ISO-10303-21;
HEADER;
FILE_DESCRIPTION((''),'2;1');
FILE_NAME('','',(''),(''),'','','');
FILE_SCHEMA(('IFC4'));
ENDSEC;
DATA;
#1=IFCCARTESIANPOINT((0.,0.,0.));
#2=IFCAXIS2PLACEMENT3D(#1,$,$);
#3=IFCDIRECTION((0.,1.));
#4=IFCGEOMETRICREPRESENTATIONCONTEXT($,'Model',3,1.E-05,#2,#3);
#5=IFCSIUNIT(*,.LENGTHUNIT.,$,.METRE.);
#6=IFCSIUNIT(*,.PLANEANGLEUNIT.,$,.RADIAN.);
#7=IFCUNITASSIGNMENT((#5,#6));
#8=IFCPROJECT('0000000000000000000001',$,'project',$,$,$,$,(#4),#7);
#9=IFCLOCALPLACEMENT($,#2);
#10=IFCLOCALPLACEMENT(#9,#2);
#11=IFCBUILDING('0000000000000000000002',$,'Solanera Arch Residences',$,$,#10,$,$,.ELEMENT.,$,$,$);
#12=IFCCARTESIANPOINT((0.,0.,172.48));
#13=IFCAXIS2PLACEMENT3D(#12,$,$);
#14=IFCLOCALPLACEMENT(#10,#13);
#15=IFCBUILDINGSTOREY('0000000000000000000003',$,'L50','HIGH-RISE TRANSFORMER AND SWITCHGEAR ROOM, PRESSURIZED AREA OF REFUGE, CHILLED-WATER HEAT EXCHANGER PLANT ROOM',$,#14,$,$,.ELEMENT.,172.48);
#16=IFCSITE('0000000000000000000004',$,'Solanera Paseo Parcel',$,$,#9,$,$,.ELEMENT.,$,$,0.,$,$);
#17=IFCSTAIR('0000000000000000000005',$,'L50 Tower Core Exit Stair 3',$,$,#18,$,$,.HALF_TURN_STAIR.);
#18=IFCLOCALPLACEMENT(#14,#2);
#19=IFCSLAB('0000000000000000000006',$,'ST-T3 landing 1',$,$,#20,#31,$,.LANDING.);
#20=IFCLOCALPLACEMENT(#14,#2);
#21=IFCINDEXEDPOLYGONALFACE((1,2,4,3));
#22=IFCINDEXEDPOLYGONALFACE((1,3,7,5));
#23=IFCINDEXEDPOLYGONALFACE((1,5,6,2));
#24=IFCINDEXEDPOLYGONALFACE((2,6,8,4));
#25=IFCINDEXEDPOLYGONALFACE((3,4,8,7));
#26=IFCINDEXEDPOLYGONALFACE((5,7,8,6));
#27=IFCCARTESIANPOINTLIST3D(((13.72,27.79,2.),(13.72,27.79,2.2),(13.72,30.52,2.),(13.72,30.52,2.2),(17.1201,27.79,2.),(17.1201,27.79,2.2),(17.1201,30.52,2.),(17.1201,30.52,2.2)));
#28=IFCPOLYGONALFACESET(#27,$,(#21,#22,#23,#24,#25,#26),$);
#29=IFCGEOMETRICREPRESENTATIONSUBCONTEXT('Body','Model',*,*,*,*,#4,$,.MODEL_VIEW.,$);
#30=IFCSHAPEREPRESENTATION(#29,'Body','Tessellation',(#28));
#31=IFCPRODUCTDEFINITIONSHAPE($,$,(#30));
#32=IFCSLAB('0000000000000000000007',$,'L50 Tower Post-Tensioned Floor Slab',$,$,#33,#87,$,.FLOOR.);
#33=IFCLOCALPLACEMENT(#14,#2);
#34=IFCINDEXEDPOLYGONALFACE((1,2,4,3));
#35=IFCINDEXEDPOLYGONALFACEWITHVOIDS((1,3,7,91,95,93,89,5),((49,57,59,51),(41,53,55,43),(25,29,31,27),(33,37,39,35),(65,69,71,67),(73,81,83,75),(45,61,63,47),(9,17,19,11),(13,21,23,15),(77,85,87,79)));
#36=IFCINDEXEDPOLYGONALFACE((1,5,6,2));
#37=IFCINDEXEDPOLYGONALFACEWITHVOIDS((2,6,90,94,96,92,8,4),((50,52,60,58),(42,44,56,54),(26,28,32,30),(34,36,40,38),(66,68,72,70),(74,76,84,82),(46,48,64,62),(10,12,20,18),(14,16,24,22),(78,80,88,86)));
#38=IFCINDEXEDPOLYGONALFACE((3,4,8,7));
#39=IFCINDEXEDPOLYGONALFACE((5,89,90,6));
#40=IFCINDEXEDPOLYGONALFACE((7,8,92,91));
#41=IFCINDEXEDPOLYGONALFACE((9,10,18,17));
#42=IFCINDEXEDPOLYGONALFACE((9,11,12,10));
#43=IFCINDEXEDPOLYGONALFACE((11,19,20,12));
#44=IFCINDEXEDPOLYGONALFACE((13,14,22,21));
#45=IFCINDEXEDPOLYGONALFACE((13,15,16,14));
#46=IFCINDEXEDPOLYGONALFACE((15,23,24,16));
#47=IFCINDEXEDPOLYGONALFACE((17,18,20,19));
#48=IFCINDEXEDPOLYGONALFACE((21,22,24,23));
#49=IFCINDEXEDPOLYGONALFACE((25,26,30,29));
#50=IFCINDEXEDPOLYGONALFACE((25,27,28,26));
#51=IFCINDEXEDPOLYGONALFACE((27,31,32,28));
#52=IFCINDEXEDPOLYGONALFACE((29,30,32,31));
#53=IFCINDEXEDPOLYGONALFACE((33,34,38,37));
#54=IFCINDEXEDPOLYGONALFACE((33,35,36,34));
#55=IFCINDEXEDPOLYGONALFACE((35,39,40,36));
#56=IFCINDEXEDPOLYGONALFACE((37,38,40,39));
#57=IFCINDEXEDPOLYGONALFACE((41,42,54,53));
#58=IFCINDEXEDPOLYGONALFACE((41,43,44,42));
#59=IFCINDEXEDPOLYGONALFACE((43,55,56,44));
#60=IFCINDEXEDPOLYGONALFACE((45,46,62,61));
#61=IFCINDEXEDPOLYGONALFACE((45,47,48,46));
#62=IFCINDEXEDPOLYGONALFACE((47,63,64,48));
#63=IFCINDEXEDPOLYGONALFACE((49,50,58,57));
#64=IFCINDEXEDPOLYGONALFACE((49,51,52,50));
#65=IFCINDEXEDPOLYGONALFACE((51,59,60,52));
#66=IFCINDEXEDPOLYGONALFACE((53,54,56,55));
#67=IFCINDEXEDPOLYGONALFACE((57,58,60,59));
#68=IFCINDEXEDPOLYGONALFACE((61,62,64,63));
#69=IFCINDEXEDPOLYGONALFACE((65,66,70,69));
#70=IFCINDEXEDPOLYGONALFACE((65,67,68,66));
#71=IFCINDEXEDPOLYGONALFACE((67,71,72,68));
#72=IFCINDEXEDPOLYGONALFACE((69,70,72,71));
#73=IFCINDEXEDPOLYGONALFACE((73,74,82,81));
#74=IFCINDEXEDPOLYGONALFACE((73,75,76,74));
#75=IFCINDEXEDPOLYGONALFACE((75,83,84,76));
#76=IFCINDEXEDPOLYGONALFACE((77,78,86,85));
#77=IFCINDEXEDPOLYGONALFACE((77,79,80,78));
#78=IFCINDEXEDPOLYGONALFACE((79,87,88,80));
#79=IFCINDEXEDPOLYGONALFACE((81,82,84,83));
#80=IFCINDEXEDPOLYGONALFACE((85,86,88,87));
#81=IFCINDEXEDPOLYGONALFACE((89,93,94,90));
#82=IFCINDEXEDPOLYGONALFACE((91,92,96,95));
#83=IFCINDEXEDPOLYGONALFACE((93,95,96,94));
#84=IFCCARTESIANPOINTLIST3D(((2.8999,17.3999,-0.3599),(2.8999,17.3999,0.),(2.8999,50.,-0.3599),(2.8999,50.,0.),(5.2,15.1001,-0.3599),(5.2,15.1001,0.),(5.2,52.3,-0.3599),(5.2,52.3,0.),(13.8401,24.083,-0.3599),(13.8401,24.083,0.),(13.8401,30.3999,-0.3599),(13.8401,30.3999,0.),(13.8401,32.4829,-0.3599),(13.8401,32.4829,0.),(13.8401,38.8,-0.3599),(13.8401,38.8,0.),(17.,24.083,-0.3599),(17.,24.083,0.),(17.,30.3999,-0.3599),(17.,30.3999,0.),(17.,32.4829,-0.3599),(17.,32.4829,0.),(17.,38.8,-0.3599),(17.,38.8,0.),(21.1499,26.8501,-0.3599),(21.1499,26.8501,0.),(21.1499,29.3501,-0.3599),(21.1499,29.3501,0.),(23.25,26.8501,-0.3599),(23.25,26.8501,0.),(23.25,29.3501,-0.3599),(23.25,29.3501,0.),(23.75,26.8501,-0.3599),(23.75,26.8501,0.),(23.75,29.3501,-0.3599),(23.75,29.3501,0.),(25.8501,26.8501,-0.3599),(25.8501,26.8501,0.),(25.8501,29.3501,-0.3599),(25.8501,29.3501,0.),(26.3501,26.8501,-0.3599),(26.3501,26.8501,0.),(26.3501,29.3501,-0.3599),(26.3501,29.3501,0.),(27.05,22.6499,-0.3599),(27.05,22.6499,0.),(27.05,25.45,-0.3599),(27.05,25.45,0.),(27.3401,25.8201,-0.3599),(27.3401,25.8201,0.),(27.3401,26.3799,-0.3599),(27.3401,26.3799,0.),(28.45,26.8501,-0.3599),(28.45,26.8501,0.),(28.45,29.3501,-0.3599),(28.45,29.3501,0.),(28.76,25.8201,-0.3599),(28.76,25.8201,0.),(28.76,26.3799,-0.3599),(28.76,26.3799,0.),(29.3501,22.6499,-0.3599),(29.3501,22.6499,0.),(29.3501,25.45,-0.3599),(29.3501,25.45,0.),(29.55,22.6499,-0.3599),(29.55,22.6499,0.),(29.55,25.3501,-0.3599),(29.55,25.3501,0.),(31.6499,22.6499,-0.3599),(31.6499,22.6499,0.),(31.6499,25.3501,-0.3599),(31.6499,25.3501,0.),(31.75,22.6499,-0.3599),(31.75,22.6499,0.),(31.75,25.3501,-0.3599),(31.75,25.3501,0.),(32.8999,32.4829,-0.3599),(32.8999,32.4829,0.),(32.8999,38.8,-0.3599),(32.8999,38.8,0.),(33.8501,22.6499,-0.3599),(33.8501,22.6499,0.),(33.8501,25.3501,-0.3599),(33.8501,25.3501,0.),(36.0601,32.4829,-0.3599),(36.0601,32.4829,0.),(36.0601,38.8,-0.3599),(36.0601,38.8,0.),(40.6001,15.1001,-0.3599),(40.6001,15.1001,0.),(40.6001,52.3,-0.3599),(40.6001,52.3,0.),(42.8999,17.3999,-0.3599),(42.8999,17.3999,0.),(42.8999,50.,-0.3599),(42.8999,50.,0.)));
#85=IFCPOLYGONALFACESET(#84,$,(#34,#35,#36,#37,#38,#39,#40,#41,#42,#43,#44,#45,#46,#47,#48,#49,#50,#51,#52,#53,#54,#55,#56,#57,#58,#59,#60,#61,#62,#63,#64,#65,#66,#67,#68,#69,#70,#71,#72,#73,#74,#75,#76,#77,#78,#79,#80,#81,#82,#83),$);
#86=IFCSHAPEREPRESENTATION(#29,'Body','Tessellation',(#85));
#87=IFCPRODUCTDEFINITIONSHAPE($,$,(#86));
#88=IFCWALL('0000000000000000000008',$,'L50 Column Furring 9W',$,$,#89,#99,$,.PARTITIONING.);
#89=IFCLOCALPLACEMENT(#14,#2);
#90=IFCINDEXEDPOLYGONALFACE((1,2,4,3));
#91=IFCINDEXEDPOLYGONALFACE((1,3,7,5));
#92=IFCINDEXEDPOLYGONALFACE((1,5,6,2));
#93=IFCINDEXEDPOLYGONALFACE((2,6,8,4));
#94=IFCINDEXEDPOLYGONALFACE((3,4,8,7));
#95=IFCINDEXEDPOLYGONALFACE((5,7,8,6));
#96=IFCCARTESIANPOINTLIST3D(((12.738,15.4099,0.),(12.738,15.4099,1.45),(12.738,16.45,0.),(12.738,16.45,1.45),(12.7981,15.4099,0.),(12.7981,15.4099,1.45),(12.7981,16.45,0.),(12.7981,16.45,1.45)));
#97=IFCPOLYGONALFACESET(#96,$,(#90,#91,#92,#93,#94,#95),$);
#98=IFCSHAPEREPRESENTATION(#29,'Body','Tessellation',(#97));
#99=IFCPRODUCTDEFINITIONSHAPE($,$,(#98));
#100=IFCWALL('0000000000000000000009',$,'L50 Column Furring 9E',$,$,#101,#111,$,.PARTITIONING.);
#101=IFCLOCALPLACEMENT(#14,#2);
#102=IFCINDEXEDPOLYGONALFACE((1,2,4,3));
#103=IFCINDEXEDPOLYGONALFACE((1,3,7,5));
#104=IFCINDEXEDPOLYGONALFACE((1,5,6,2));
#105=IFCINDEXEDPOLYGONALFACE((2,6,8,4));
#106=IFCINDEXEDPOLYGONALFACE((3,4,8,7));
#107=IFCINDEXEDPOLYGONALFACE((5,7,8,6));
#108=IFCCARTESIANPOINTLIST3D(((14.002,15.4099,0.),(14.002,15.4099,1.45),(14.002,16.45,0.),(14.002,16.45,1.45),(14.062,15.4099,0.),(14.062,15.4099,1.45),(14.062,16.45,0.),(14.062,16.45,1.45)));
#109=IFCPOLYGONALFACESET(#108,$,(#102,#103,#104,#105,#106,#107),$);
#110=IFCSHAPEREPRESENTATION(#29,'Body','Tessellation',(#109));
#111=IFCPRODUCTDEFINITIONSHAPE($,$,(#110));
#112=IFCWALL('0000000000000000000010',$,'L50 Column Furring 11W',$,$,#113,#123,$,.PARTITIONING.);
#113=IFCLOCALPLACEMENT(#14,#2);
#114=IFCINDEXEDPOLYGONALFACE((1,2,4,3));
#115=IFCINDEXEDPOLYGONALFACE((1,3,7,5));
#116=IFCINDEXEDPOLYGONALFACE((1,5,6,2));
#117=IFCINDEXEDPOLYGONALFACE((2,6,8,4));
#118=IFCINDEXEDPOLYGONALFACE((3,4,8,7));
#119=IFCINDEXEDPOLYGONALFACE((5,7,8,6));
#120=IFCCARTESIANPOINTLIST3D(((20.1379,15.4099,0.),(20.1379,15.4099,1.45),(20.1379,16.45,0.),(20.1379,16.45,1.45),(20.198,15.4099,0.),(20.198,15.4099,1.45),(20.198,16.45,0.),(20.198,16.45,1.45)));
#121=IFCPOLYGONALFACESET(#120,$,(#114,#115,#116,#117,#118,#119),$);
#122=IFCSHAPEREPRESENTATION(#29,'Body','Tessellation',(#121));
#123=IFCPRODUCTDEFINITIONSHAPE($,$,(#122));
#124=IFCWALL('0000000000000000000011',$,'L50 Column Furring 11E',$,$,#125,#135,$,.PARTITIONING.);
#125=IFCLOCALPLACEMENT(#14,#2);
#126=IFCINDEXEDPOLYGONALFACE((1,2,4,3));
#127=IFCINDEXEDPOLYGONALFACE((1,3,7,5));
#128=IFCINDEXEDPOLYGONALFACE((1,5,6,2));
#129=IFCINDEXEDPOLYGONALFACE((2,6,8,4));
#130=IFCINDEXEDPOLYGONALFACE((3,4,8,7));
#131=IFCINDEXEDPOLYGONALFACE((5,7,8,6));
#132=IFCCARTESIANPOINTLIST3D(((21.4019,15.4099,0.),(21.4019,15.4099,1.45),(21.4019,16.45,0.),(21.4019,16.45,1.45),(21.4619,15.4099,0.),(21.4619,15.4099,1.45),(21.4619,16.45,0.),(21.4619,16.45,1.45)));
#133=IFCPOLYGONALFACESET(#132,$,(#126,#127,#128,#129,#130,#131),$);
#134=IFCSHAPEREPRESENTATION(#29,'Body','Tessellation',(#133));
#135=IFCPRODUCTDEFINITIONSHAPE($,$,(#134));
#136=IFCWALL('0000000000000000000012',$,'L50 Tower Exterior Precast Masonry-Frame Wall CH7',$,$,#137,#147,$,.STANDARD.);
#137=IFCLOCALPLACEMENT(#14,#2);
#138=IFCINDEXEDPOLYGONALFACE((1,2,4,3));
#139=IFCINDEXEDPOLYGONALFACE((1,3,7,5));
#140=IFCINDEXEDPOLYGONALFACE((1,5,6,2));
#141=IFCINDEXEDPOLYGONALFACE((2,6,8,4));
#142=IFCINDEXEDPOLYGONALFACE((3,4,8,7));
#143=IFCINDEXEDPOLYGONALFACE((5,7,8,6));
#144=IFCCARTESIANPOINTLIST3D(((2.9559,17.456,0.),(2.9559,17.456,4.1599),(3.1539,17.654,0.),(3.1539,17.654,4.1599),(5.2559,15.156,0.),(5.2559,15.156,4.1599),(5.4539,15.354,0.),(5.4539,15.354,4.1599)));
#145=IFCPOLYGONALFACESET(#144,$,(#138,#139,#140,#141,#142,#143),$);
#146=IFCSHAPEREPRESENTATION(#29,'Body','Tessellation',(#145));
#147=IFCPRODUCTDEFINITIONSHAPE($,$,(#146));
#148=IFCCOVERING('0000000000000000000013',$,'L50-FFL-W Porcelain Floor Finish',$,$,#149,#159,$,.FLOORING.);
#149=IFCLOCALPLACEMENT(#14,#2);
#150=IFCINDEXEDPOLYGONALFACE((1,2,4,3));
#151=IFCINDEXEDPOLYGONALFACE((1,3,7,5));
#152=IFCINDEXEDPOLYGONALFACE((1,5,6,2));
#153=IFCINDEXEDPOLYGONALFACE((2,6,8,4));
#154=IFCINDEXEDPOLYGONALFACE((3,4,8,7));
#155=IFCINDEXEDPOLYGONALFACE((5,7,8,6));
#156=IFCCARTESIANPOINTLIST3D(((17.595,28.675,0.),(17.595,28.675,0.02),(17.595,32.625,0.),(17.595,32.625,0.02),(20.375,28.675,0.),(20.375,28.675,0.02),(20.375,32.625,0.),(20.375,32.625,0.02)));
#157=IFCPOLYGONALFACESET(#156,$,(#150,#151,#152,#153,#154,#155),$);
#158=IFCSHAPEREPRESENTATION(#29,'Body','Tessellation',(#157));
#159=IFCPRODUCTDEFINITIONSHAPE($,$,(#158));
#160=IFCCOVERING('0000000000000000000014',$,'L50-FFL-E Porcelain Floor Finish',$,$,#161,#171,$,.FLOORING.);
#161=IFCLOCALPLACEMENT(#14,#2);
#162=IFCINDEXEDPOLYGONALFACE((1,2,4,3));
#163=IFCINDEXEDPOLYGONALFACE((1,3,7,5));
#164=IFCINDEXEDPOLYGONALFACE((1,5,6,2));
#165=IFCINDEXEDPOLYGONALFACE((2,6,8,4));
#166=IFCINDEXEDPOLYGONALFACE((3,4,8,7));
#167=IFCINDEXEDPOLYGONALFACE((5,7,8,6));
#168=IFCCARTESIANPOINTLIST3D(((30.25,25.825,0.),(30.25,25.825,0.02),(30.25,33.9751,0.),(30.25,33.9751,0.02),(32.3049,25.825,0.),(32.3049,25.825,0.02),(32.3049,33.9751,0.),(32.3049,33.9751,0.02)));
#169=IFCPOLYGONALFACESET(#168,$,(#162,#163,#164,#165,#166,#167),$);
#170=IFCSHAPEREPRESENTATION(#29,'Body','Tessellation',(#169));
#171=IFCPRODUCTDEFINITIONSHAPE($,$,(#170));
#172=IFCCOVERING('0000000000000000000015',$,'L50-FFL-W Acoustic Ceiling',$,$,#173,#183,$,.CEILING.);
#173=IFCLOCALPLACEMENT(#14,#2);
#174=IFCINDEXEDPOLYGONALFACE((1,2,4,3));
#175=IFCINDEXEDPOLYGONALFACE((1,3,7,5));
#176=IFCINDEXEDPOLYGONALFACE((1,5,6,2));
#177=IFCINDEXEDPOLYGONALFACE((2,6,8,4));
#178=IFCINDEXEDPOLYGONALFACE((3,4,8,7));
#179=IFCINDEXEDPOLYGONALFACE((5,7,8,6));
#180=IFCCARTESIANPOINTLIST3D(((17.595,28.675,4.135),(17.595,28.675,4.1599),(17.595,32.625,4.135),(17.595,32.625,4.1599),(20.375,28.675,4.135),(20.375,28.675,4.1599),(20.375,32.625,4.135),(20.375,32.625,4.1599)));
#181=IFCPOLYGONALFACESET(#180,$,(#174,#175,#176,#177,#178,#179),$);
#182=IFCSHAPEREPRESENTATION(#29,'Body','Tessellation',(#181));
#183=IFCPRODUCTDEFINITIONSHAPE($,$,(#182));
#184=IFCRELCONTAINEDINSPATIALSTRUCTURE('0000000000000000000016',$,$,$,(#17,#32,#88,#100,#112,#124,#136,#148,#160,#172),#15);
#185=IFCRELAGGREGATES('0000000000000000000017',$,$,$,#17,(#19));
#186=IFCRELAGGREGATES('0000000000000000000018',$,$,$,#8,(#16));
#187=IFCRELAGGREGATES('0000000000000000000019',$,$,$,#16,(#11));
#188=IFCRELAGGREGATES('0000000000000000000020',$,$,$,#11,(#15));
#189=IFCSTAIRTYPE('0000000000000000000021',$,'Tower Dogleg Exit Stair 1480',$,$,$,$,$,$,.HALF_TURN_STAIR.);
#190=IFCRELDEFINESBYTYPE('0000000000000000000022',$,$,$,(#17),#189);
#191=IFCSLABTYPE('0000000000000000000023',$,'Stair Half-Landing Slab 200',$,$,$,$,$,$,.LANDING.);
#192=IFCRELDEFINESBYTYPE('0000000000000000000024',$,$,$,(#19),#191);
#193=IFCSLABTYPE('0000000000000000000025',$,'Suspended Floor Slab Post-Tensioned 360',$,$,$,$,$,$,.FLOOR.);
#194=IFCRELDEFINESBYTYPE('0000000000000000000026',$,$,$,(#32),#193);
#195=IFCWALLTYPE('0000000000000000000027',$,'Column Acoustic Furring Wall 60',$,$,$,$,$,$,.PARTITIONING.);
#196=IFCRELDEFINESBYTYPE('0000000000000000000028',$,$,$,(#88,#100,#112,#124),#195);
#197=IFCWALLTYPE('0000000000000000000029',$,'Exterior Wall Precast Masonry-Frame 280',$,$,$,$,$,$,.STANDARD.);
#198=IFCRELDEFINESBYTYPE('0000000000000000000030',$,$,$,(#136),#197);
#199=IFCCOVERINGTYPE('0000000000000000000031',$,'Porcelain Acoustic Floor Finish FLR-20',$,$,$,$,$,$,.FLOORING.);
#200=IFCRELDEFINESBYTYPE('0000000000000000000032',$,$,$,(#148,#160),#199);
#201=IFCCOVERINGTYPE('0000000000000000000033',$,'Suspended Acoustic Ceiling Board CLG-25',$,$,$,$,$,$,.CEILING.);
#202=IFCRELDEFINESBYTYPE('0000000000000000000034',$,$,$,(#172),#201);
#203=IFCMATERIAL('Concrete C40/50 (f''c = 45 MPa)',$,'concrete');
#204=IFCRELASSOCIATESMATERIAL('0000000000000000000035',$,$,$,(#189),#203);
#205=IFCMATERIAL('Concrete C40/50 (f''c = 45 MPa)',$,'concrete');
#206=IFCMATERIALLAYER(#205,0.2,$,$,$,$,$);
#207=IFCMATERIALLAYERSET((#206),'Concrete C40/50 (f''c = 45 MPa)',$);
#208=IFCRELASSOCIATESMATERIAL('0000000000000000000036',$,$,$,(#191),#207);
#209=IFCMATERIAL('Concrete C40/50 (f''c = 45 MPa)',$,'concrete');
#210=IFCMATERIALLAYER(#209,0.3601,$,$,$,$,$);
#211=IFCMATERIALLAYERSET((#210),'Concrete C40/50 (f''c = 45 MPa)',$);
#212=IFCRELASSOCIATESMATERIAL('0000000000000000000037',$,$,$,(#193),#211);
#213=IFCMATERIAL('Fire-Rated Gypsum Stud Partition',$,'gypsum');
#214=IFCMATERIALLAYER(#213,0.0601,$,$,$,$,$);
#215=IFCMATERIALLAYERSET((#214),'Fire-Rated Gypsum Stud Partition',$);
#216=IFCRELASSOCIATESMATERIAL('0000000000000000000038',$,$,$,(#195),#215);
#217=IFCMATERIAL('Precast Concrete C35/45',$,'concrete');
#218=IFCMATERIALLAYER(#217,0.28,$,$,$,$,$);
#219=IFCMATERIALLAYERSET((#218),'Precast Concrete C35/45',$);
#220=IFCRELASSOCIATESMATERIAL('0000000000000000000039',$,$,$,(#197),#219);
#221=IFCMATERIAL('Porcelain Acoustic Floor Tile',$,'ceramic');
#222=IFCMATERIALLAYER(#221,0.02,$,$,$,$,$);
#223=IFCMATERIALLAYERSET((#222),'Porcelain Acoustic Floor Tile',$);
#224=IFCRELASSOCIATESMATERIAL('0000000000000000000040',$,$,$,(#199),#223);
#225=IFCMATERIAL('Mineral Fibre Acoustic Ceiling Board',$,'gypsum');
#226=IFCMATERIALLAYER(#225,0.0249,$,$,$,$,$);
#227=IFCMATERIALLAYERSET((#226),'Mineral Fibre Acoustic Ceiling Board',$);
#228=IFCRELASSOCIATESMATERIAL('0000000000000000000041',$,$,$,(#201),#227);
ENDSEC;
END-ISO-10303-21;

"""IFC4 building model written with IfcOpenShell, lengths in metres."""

from ifc_helpers import new_model, si_unit, direction, frame, frame_2d, origin, place, context, subcontext, project, spatial, polyline, rectangle, outline, extrude, material, layer, layer_set, type_object, element, aggregate, save


model = new_model("IFC4")

# Units and contexts
model_context = context("Model", 3, precision=1e-05, world=origin(), true_north=direction((0.0, 1.0)))
body_context = subcontext(model_context, "Body", "Model", "MODEL_VIEW")
ifc_project = project(units=[si_unit("LENGTHUNIT", "METRE"), si_unit("PLANEANGLEUNIT", "RADIAN")], contexts=[model_context])

# Site, building, storey
site_placement = place(None, origin())
site = spatial("IfcSite", under=ifc_project, at=site_placement, Name="Solanera Paseo Parcel", CompositionType="ELEMENT", RefElevation=0.0)
building_placement = place(site_placement, origin())
building = spatial("IfcBuilding", under=site, at=building_placement, Name="Solanera Arch Residences", CompositionType="ELEMENT")
storey_placement = place(building_placement, frame((0.0, 0.0, 172.48)))
storey = spatial("IfcBuildingStorey", under=building, at=storey_placement, Name="L50", Description="HIGH-RISE TRANSFORMER AND SWITCHGEAR ROOM, PRESSURIZED AREA OF REFUGE, CHILLED-WATER HEAT EXCHANGER PLANT ROOM", CompositionType="ELEMENT", Elevation=172.48)

# Stair, slab
ifc_material_1 = material(Name="Concrete C40/50 (f'c = 45 MPa)", Category="concrete")
stair_type = type_object("IfcStairType", Name="Tower Dogleg Exit Stair 1480", PredefinedType="HALF_TURN_STAIR", material=ifc_material_1)
ifc_material_2 = material(Name="Concrete C40/50 (f'c = 45 MPa)", Category="concrete")
ifc_layer_1 = layer(ifc_material_2, 0.2)
ifc_layer_set_1 = layer_set([ifc_layer_1], Name="Concrete C40/50 (f'c = 45 MPa)")
slab_type_1 = type_object("IfcSlabType", Name="Stair Half-Landing Slab 200", PredefinedType="LANDING", material=ifc_layer_set_1)
stair_1_placement = place(storey_placement, origin())
stair_1 = element("IfcStair", 1, at=stair_1_placement, inside=storey, type_object=stair_type, Name="L50 Tower Core Exit Stair 3", PredefinedType="HALF_TURN_STAIR")
slab_1_placement = place(storey_placement, frame((0.0, 0.0, 2.0)))
slab_1 = element("IfcSlab", 2, at=slab_1_placement, type_object=slab_type_1, Name="ST-T3 landing 1", PredefinedType="LANDING", context=body_context, shape_type="SweptSolid", body=[
    extrude(outline(polyline([(17.1201, 27.79), (17.1201, 30.52), (13.72, 30.52), (13.72, 27.79), (17.1201, 27.79)])), origin(), (0.0, 0.0, 1.0), 0.2),
])
aggregate(stair_1, [slab_1])

# Slab
ifc_material_3 = material(Name="Concrete C40/50 (f'c = 45 MPa)", Category="concrete")
ifc_layer_2 = layer(ifc_material_3, 0.3601)
ifc_layer_set_2 = layer_set([ifc_layer_2], Name="Concrete C40/50 (f'c = 45 MPa)")
slab_type_2 = type_object("IfcSlabType", Name="Suspended Floor Slab Post-Tensioned 360", PredefinedType="FLOOR", material=ifc_layer_set_2)
slab_2_placement = place(storey_placement, frame((0.0, 0.0, -0.3599)))
element("IfcSlab", 3, at=slab_2_placement, inside=storey, type_object=slab_type_2, Name="L50 Tower Post-Tensioned Floor Slab", PredefinedType="FLOOR", context=body_context, shape_type="SweptSolid", body=[
    extrude(outline(polyline([(5.2, 15.1001), (40.6001, 15.1001), (42.8999, 17.3999), (42.8999, 50.0), (40.6001, 52.3), (5.2, 52.3), (2.8999, 50.0), (2.8999, 17.3999), (5.2, 15.1001)]), holes=[polyline([(13.8401, 32.4829), (13.8401, 38.8), (17.0, 38.8), (17.0, 32.4829), (13.8401, 32.4829)]), polyline([(32.8999, 32.4829), (32.8999, 38.8), (36.0601, 38.8), (36.0601, 32.4829), (32.8999, 32.4829)]), polyline([(13.8401, 24.083), (13.8401, 30.3999), (17.0, 30.3999), (17.0, 24.083), (13.8401, 24.083)]), polyline([(21.1499, 29.3501), (23.25, 29.3501), (23.25, 26.8501), (21.1499, 26.8501), (21.1499, 29.3501)]), polyline([(23.75, 29.3501), (25.8501, 29.3501), (25.8501, 26.8501), (23.75, 26.8501), (23.75, 29.3501)]), polyline([(26.3501, 29.3501), (28.45, 29.3501), (28.45, 26.8501), (26.3501, 26.8501), (26.3501, 29.3501)]), polyline([(29.55, 25.3501), (31.6499, 25.3501), (31.6499, 22.6499), (29.55, 22.6499), (29.55, 25.3501)]), polyline([(31.75, 25.3501), (33.8501, 25.3501), (33.8501, 22.6499), (31.75, 22.6499), (31.75, 25.3501)]), polyline([(27.05, 25.45), (29.3501, 25.45), (29.3501, 22.6499), (27.05, 22.6499), (27.05, 25.45)]), polyline([(27.3401, 26.3799), (28.76, 26.3799), (28.76, 25.8201), (27.3401, 25.8201), (27.3401, 26.3799)])]), origin(), (0.0, 0.0, 1.0), 0.3599),
])

# Walls
ifc_material_4 = material(Name="Fire-Rated Gypsum Stud Partition", Category="gypsum")
ifc_layer_3 = layer(ifc_material_4, 0.0601)
ifc_layer_set_3 = layer_set([ifc_layer_3], Name="Fire-Rated Gypsum Stud Partition")
wall_type_1 = type_object("IfcWallType", Name="Column Acoustic Furring Wall 60", PredefinedType="PARTITIONING", material=ifc_layer_set_3)
for number, where, z_axis, x_axis, name in (
    (4, (12.7681, 15.4099, 0.0), (0.0, 0.0, 1.0), (0.0, 1.0, 0.0), "L50 Column Furring 9W"),
    (5, (14.032, 15.4099, 0.0), (0.0, 0.0, 1.0), (0.0, 1.0, 0.0), "L50 Column Furring 9E"),
    (6, (20.168, 15.4099, 0.0), (0.0, 0.0, 1.0), (0.0, 1.0, 0.0), "L50 Column Furring 11W"),
    (7, (21.4319, 15.4099, 0.0), (0.0, 0.0, 1.0), (0.0, 1.0, 0.0), "L50 Column Furring 11E"),
):
    element("IfcWall", number, at=place(storey_placement, frame(where, z_axis=z_axis, x_axis=x_axis)), inside=storey, type_object=wall_type_1, Name=name, PredefinedType="PARTITIONING", context=body_context, shape_type="SweptSolid", body=[
        extrude(rectangle(XDim=1.04, YDim=0.0601, at=frame_2d((0.52, 0.0))), origin(), (0.0, 0.0, 1.0), 1.45),
    ])
ifc_material_5 = material(Name="Precast Concrete C35/45", Category="concrete")
ifc_layer_4 = layer(ifc_material_5, 0.28)
ifc_layer_set_4 = layer_set([ifc_layer_4], Name="Precast Concrete C35/45")
wall_type_2 = type_object("IfcWallType", Name="Exterior Wall Precast Masonry-Frame 280", PredefinedType="STANDARD", material=ifc_layer_set_4)
wall_placement = place(storey_placement, frame((5.355, 15.2549, 0.0), z_axis=(0.0, 0.0, 1.0), x_axis=(-0.707107, 0.707107, 0.0)))
element("IfcWall", 8, at=wall_placement, inside=storey, type_object=wall_type_2, Name="L50 Tower Exterior Precast Masonry-Frame Wall CH7", PredefinedType="STANDARD", context=body_context, shape_type="SweptSolid", body=[
    extrude(rectangle(XDim=3.2527, YDim=0.28, at=frame_2d((1.6265, 0.0))), origin(), (0.0, 0.0, 1.0), 4.1599),
])

# Coverings
ifc_material_6 = material(Name="Porcelain Acoustic Floor Tile", Category="ceramic")
ifc_layer_5 = layer(ifc_material_6, 0.02)
ifc_layer_set_5 = layer_set([ifc_layer_5], Name="Porcelain Acoustic Floor Tile")
covering_type_1 = type_object("IfcCoveringType", Name="Porcelain Acoustic Floor Finish FLR-20", PredefinedType="FLOORING", material=ifc_layer_set_5)
covering_1_placement = place(storey_placement, origin())
element("IfcCovering", 9, at=covering_1_placement, inside=storey, type_object=covering_type_1, Name="L50-FFL-W Porcelain Floor Finish", PredefinedType="FLOORING", context=body_context, shape_type="SweptSolid", body=[
    extrude(outline(polyline([(20.375, 28.675), (17.595, 28.675), (17.595, 32.625), (20.375, 32.625), (20.375, 28.675)])), origin(), (0.0, 0.0, 1.0), 0.02),
])
covering_2_placement = place(storey_placement, origin())
element("IfcCovering", 10, at=covering_2_placement, inside=storey, type_object=covering_type_1, Name="L50-FFL-E Porcelain Floor Finish", PredefinedType="FLOORING", context=body_context, shape_type="SweptSolid", body=[
    extrude(outline(polyline([(32.3049, 25.825), (30.25, 25.825), (30.25, 33.9751), (32.3049, 33.9751), (32.3049, 25.825)])), origin(), (0.0, 0.0, 1.0), 0.02),
])
ifc_material_7 = material(Name="Mineral Fibre Acoustic Ceiling Board", Category="gypsum")
ifc_layer_6 = layer(ifc_material_7, 0.0249)
ifc_layer_set_6 = layer_set([ifc_layer_6], Name="Mineral Fibre Acoustic Ceiling Board")
covering_type_2 = type_object("IfcCoveringType", Name="Suspended Acoustic Ceiling Board CLG-25", PredefinedType="CEILING", material=ifc_layer_set_6)
covering_3_placement = place(storey_placement, frame((0.0, 0.0, 4.135)))
element("IfcCovering", 11, at=covering_3_placement, inside=storey, type_object=covering_type_2, Name="L50-FFL-W Acoustic Ceiling", PredefinedType="CEILING", context=body_context, shape_type="SweptSolid", body=[
    extrude(outline(polyline([(20.375, 28.675), (17.595, 28.675), (17.595, 32.625), (20.375, 32.625), (20.375, 28.675)])), origin(), (0.0, 0.0, 1.0), 0.0249),
])

save(model, "model.ifc")
